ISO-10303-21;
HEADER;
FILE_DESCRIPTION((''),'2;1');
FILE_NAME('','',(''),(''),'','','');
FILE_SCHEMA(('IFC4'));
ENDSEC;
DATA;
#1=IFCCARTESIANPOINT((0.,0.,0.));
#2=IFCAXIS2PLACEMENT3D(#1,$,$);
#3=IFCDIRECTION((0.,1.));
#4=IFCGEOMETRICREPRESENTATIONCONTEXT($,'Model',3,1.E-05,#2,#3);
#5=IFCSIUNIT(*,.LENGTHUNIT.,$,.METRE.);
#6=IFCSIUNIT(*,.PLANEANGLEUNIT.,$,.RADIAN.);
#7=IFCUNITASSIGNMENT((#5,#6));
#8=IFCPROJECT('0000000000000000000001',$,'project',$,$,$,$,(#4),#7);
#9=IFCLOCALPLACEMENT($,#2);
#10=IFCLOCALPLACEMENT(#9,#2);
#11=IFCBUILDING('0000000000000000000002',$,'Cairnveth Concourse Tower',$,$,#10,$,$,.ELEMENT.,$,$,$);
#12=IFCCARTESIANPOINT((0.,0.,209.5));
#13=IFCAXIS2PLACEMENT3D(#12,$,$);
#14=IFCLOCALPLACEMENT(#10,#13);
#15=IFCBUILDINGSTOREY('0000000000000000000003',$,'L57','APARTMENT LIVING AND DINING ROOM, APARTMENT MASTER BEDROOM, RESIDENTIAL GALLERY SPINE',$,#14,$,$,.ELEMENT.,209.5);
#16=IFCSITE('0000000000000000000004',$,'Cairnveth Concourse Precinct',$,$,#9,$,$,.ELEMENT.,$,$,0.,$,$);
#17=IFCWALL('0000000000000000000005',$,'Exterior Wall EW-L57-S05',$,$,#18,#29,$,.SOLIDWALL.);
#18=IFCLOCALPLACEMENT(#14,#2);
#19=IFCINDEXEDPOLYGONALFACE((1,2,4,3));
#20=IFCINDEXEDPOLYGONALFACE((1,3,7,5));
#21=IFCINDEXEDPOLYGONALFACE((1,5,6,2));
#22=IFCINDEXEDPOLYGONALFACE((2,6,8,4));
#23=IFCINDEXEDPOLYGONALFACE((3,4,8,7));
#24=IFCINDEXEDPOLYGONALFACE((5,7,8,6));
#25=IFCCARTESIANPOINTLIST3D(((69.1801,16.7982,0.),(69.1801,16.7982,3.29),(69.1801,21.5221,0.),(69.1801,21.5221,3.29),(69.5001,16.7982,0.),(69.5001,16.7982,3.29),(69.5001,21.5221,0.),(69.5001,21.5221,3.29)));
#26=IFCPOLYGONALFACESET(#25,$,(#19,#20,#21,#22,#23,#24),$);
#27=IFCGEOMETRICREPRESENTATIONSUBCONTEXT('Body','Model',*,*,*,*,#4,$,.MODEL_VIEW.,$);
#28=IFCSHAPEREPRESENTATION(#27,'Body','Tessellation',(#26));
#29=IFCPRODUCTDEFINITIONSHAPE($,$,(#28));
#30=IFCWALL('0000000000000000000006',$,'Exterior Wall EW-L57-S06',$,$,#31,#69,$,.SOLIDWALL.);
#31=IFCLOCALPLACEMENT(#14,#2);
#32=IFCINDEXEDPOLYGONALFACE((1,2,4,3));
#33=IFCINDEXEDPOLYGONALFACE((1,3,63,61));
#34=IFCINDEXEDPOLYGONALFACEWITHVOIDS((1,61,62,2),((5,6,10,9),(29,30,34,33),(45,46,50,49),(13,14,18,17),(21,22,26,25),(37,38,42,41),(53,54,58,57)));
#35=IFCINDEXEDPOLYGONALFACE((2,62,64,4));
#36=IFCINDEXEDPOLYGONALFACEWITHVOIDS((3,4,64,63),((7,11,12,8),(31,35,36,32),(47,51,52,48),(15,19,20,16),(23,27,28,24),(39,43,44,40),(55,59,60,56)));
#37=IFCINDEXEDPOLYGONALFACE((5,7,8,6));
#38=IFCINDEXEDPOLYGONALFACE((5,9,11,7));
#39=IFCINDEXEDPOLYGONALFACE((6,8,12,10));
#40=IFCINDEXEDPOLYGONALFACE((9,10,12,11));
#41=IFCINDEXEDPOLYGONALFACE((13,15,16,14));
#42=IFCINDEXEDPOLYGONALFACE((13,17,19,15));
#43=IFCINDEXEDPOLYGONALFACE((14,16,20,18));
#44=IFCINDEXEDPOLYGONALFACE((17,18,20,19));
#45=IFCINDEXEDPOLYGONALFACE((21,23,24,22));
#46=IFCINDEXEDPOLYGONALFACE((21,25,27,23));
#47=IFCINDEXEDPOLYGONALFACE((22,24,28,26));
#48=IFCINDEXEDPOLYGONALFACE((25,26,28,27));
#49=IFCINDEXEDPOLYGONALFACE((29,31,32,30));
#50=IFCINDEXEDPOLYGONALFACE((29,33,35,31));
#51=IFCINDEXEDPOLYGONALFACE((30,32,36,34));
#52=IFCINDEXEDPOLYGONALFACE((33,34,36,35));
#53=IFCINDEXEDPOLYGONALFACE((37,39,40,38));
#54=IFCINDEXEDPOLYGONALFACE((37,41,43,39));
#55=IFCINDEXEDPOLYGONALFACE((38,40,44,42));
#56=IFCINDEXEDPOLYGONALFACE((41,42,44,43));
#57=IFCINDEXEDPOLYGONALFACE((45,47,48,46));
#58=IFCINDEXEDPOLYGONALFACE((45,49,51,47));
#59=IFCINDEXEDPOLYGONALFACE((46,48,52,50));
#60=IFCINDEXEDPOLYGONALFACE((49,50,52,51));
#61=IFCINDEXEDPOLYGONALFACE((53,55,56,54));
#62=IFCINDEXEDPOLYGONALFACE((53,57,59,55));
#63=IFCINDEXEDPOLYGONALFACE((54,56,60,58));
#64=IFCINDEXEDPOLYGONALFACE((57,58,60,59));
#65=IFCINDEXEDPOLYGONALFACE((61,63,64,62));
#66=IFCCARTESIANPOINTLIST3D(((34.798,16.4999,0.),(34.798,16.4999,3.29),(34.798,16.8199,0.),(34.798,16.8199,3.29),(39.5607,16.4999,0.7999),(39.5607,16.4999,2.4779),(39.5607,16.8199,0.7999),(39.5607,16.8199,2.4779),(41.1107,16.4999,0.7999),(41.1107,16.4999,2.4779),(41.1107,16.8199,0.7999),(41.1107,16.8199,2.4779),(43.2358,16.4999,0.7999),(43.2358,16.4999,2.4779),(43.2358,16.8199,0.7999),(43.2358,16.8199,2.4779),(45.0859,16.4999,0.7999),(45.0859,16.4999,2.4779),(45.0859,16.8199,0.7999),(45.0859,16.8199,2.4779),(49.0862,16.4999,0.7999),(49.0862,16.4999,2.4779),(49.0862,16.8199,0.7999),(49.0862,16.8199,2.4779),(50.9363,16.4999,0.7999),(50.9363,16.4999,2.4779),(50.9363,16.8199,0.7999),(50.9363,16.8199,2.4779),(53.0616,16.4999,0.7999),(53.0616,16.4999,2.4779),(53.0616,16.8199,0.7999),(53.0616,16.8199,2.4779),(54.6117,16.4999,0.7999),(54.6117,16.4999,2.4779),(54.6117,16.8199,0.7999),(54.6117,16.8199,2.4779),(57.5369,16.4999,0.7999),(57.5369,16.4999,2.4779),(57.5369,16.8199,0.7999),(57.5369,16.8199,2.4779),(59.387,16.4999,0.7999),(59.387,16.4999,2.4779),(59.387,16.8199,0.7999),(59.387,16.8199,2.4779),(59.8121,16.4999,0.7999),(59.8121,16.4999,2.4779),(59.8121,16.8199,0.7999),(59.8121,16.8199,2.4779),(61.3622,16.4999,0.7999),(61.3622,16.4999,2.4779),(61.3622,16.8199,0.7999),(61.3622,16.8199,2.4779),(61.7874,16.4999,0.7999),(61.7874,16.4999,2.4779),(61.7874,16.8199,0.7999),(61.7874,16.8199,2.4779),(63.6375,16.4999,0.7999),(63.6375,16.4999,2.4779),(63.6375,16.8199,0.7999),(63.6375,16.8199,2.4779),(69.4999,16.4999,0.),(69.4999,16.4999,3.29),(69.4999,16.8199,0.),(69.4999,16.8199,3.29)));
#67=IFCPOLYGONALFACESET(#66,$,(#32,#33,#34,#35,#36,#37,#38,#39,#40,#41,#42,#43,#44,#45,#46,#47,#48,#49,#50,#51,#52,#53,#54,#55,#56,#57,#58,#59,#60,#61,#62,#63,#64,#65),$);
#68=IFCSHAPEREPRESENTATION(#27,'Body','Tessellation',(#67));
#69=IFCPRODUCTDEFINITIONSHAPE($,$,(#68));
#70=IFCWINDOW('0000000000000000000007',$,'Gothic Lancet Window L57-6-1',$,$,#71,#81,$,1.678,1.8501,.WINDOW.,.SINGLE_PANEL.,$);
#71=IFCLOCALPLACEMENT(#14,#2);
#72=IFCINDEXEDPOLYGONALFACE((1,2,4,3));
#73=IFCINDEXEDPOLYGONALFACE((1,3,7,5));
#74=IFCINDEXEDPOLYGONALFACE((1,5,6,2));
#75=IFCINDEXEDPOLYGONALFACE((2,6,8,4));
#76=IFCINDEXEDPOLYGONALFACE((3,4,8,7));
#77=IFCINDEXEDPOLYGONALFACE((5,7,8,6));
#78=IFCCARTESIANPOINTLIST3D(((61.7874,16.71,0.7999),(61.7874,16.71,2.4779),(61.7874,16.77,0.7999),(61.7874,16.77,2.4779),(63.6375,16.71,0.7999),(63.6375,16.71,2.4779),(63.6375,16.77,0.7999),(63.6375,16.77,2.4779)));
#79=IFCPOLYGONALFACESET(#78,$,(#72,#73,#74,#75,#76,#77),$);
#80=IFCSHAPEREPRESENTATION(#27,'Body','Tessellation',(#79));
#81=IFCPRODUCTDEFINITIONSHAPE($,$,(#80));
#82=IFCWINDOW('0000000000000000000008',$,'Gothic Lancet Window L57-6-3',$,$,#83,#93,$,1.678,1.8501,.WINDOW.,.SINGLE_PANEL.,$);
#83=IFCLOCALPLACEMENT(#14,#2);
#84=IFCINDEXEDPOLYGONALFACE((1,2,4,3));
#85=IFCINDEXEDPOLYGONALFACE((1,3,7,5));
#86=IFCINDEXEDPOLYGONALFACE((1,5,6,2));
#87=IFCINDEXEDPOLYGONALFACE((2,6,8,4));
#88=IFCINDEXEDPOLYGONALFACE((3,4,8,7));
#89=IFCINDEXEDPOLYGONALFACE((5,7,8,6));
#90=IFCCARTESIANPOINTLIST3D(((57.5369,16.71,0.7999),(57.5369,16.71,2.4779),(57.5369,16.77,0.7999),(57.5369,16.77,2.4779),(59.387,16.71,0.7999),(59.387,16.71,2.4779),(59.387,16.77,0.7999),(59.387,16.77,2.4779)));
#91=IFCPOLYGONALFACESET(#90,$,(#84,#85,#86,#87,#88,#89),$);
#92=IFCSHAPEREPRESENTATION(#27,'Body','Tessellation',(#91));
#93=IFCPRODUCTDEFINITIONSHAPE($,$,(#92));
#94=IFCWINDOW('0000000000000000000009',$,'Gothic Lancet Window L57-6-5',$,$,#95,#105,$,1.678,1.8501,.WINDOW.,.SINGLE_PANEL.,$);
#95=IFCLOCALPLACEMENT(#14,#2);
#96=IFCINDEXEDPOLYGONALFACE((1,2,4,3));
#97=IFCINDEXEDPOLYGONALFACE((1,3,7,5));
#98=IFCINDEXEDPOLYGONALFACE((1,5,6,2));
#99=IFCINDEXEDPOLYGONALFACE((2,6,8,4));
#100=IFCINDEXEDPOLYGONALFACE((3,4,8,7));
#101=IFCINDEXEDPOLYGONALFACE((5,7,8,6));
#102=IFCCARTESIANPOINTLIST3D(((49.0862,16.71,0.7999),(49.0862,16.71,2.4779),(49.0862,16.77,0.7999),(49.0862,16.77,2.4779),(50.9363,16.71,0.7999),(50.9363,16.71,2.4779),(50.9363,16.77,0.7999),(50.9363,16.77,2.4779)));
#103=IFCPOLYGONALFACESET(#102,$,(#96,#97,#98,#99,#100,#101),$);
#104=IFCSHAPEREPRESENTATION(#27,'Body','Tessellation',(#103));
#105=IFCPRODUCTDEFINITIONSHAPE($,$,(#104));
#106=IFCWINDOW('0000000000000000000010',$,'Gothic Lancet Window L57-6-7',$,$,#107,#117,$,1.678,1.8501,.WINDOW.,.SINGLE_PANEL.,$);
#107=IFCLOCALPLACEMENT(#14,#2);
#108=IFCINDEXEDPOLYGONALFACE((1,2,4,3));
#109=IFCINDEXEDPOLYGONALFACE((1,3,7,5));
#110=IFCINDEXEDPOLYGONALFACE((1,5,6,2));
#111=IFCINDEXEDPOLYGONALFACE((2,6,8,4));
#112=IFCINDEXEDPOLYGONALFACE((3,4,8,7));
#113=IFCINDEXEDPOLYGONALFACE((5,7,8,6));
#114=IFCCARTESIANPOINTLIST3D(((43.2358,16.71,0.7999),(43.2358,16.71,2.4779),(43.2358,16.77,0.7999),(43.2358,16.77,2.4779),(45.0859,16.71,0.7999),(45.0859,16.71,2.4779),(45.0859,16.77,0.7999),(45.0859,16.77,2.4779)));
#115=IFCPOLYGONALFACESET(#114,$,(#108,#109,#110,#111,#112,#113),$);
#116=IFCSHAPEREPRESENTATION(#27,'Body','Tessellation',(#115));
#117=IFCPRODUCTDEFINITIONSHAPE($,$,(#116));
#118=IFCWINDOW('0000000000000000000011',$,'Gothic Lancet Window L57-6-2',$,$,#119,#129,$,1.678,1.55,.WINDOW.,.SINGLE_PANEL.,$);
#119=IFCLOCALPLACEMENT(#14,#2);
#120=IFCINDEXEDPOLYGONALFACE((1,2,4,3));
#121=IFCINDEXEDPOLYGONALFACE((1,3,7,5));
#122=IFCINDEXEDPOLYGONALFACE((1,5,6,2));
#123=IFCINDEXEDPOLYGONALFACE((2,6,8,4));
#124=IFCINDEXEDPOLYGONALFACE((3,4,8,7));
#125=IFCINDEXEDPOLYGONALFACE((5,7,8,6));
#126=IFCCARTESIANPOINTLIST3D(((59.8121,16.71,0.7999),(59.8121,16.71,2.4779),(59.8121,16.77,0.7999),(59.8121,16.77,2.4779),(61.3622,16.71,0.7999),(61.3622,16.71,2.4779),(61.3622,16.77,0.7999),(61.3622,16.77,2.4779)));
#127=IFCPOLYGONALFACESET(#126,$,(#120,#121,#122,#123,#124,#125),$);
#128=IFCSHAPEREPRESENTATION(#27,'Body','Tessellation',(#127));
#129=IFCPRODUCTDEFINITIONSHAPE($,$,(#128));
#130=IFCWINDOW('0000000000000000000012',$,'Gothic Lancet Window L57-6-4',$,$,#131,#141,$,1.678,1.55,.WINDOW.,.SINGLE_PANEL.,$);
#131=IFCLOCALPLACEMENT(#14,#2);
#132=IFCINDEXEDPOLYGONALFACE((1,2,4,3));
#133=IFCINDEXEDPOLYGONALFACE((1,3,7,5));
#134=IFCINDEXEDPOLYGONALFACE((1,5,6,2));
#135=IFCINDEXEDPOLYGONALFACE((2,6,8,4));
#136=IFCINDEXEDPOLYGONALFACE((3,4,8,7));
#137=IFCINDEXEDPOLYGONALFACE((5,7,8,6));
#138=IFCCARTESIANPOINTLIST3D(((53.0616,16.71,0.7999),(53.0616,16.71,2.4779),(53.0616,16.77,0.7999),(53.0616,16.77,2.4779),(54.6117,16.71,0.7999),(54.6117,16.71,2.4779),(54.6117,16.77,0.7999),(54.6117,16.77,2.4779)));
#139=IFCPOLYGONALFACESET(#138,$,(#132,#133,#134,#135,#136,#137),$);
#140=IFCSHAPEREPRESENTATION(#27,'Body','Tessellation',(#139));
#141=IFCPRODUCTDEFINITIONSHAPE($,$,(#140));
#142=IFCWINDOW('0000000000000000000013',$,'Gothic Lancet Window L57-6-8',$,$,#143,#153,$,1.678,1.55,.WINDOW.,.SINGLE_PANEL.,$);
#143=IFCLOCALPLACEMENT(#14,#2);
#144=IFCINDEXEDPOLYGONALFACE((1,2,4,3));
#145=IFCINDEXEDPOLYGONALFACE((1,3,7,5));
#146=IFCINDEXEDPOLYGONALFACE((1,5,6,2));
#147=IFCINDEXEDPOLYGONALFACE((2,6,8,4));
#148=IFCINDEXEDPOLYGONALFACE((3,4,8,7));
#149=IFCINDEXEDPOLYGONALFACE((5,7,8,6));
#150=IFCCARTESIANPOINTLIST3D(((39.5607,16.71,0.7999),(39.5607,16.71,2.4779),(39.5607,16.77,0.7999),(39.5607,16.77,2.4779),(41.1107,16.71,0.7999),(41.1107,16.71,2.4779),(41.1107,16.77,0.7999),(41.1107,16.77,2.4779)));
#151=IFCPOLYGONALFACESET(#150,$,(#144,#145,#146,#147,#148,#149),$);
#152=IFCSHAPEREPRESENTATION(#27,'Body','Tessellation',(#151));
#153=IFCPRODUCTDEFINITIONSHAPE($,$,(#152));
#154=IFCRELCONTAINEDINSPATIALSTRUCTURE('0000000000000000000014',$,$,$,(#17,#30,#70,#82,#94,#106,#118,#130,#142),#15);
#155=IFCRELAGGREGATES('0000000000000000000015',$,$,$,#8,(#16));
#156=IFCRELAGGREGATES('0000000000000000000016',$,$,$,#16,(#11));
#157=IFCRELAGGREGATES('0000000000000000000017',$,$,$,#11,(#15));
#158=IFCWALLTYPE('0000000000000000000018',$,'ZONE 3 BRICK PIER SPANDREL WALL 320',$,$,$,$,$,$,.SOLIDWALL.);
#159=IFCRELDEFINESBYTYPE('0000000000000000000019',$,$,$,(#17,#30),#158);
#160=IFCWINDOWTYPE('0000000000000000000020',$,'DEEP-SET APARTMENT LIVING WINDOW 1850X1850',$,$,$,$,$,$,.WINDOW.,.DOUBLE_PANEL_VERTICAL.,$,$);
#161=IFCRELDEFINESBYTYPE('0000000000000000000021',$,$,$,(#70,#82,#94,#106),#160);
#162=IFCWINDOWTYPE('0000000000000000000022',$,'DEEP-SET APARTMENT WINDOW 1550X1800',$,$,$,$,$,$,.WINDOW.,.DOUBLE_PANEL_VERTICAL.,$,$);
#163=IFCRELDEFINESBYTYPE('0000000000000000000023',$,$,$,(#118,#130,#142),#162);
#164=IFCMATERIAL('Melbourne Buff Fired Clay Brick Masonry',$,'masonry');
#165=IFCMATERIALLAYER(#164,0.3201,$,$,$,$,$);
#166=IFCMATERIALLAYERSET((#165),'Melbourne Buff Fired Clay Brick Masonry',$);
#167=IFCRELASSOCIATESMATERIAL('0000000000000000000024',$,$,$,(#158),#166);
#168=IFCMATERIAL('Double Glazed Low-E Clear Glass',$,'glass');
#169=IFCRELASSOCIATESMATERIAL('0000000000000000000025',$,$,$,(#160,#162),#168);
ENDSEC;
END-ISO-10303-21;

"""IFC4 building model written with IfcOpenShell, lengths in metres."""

from ifc_helpers import new_model, si_unit, direction, frame, frame_2d, origin, place, context, subcontext, project, spatial, rectangle, extrude, material, layer, layer_set, type_object, element, fill, save


model = new_model("IFC4")

# Units and contexts
model_context = context("Model", 3, precision=1e-05, world=origin(), true_north=direction((0.0, 1.0)))
body_context = subcontext(model_context, "Body", "Model", "MODEL_VIEW")
ifc_project = project(units=[si_unit("LENGTHUNIT", "METRE"), si_unit("PLANEANGLEUNIT", "RADIAN")], contexts=[model_context])

# Site, building, storey
site_placement = place(None, origin())
site = spatial("IfcSite", under=ifc_project, at=site_placement, Name="Cairnveth Concourse Precinct", CompositionType="ELEMENT", RefElevation=0.0)
building_placement = place(site_placement, origin())
building = spatial("IfcBuilding", under=site, at=building_placement, Name="Cairnveth Concourse Tower", CompositionType="ELEMENT")
storey_placement = place(building_placement, frame((0.0, 0.0, 209.5)))
storey = spatial("IfcBuildingStorey", under=building, at=storey_placement, Name="L57", Description="APARTMENT LIVING AND DINING ROOM, APARTMENT MASTER BEDROOM, RESIDENTIAL GALLERY SPINE", CompositionType="ELEMENT", Elevation=209.5)

# Wall
ifc_material_1 = material(Name="Melbourne Buff Fired Clay Brick Masonry", Category="masonry")
ifc_layer_1 = layer(ifc_material_1, 0.3201)
ifc_layer_set_1 = layer_set([ifc_layer_1], Name="Melbourne Buff Fired Clay Brick Masonry")
wall_type_1 = type_object("IfcWallType", Name="ZONE 3 BRICK PIER SPANDREL WALL 320", PredefinedType="SOLIDWALL", material=ifc_layer_set_1)
wall_1_placement = place(storey_placement, frame((69.3401, 21.522, 0.0), z_axis=(0.0, 0.0, 1.0), x_axis=(0.0, -1.0, 0.0)))
element("IfcWall", 1, at=wall_1_placement, inside=storey, type_object=wall_type_1, Name="Exterior Wall EW-L57-S05", PredefinedType="SOLIDWALL", context=body_context, shape_type="SweptSolid", body=[
    extrude(rectangle(XDim=4.7239, YDim=0.3201, at=frame_2d((2.3618, 0.0))), origin(), (0.0, 0.0, 1.0), 3.29),
])

# Wall, openings, windows
wall_2_placement = place(storey_placement, frame((69.5, 16.6599, 0.0), z_axis=(0.0, 0.0, 1.0), x_axis=(-1.0, 0.0, 0.0)))
wall_2 = element("IfcWall", 2, at=wall_2_placement, inside=storey, type_object=wall_type_1, Name="Exterior Wall EW-L57-S06", PredefinedType="SOLIDWALL", context=body_context, shape_type="SweptSolid", body=[
    extrude(rectangle(XDim=34.7019, YDim=0.3201, at=frame_2d((17.3511, 0.0))), origin(), (0.0, 0.0, 1.0), 3.29),
])
opening_1_placement = place(wall_2_placement, frame((5.8625, 0.0, 0.8)))
opening_1 = element("IfcOpeningElement", 3, at=opening_1_placement, cuts=wall_2, PredefinedType="OPENING", context=body_context, shape_type="SweptSolid", body=[
    extrude(rectangle(XDim=1.8501, YDim=1.678, at=frame_2d((0.925, 0.8389))), frame((0.0, 0.1699, 0.0), z_axis=(0.0, -1.0, 0.0), x_axis=(1.0, 0.0, 0.0)), (0.0, 0.0, 1.0), 0.3401),
])
opening_2_placement = place(wall_2_placement, frame((8.1379, 0.0, 0.8)))
opening_2 = element("IfcOpeningElement", 4, at=opening_2_placement, cuts=wall_2, PredefinedType="OPENING", context=body_context, shape_type="SweptSolid", body=[
    extrude(rectangle(XDim=1.55, YDim=1.678, at=frame_2d((0.7749, 0.8389))), frame((0.0, 0.1699, 0.0), z_axis=(0.0, -1.0, 0.0), x_axis=(1.0, 0.0, 0.0)), (0.0, 0.0, 1.0), 0.3401),
])
opening_3_placement = place(wall_2_placement, frame((10.113, 0.0, 0.8)))
opening_3 = element("IfcOpeningElement", 5, at=opening_3_placement, cuts=wall_2, PredefinedType="OPENING", context=body_context, shape_type="SweptSolid", body=[
    extrude(rectangle(XDim=1.8501, YDim=1.678, at=frame_2d((0.925, 0.8389))), frame((0.0, 0.1699, 0.0), z_axis=(0.0, -1.0, 0.0), x_axis=(1.0, 0.0, 0.0)), (0.0, 0.0, 1.0), 0.3401),
])
opening_4_placement = place(wall_2_placement, frame((14.8884, 0.0, 0.8)))
opening_4 = element("IfcOpeningElement", 6, at=opening_4_placement, cuts=wall_2, PredefinedType="OPENING", context=body_context, shape_type="SweptSolid", body=[
    extrude(rectangle(XDim=1.55, YDim=1.678, at=frame_2d((0.7749, 0.8389))), frame((0.0, 0.1699, 0.0), z_axis=(0.0, -1.0, 0.0), x_axis=(1.0, 0.0, 0.0)), (0.0, 0.0, 1.0), 0.3401),
])
opening_5_placement = place(wall_2_placement, frame((18.5637, 0.0, 0.8)))
opening_5 = element("IfcOpeningElement", 7, at=opening_5_placement, cuts=wall_2, PredefinedType="OPENING", context=body_context, shape_type="SweptSolid", body=[
    extrude(rectangle(XDim=1.8501, YDim=1.678, at=frame_2d((0.925, 0.8389))), frame((0.0, 0.1699, 0.0), z_axis=(0.0, -1.0, 0.0), x_axis=(1.0, 0.0, 0.0)), (0.0, 0.0, 1.0), 0.3401),
])
opening_6_placement = place(wall_2_placement, frame((24.4141, 0.0, 0.8)))
opening_6 = element("IfcOpeningElement", 8, at=opening_6_placement, cuts=wall_2, PredefinedType="OPENING", context=body_context, shape_type="SweptSolid", body=[
    extrude(rectangle(XDim=1.8501, YDim=1.678, at=frame_2d((0.925, 0.8389))), frame((0.0, 0.1699, 0.0), z_axis=(0.0, -1.0, 0.0), x_axis=(1.0, 0.0, 0.0)), (0.0, 0.0, 1.0), 0.3401),
])
opening_7_placement = place(wall_2_placement, frame((28.3894, 0.0, 0.8)))
opening_7 = element("IfcOpeningElement", 9, at=opening_7_placement, cuts=wall_2, PredefinedType="OPENING", context=body_context, shape_type="SweptSolid", body=[
    extrude(rectangle(XDim=1.55, YDim=1.678, at=frame_2d((0.7749, 0.8389))), frame((0.0, 0.1699, 0.0), z_axis=(0.0, -1.0, 0.0), x_axis=(1.0, 0.0, 0.0)), (0.0, 0.0, 1.0), 0.3401),
])
ifc_material_2 = material(Name="Double Glazed Low-E Clear Glass", Category="glass")
window_type_1 = type_object("IfcWindowType", Name="DEEP-SET APARTMENT LIVING WINDOW 1850X1850", PartitioningType="DOUBLE_PANEL_VERTICAL", PredefinedType="WINDOW", material=ifc_material_2)
window_1_placement = place(opening_1_placement, origin())
window_1 = element("IfcWindow", 10, at=window_1_placement, inside=storey, type_object=window_type_1, Name="Gothic Lancet Window L57-6-1", OverallHeight=1.678, OverallWidth=1.8501, PartitioningType="SINGLE_PANEL", PredefinedType="WINDOW", context=body_context, shape_type="SweptSolid", body=[
    extrude(rectangle(XDim=1.8501, YDim=1.678, at=frame_2d((0.925, 0.8389))), frame((0.0, -0.05, 0.0), z_axis=(0.0, -1.0, 0.0), x_axis=(1.0, 0.0, 0.0)), (0.0, 0.0, 1.0), 0.0601),
])
fill(opening_1, window_1)
window_2_placement = place(opening_3_placement, origin())
window_2 = element("IfcWindow", 11, at=window_2_placement, inside=storey, type_object=window_type_1, Name="Gothic Lancet Window L57-6-3", OverallHeight=1.678, OverallWidth=1.8501, PartitioningType="SINGLE_PANEL", PredefinedType="WINDOW", context=body_context, shape_type="SweptSolid", body=[
    extrude(rectangle(XDim=1.8501, YDim=1.678, at=frame_2d((0.925, 0.8389))), frame((0.0, -0.05, 0.0), z_axis=(0.0, -1.0, 0.0), x_axis=(1.0, 0.0, 0.0)), (0.0, 0.0, 1.0), 0.0601),
])
fill(opening_3, window_2)
window_3_placement = place(opening_5_placement, origin())
window_3 = element("IfcWindow", 12, at=window_3_placement, inside=storey, type_object=window_type_1, Name="Gothic Lancet Window L57-6-5", OverallHeight=1.678, OverallWidth=1.8501, PartitioningType="SINGLE_PANEL", PredefinedType="WINDOW", context=body_context, shape_type="SweptSolid", body=[
    extrude(rectangle(XDim=1.8501, YDim=1.678, at=frame_2d((0.925, 0.8389))), frame((0.0, -0.05, 0.0), z_axis=(0.0, -1.0, 0.0), x_axis=(1.0, 0.0, 0.0)), (0.0, 0.0, 1.0), 0.0601),
])
fill(opening_5, window_3)
window_4_placement = place(opening_6_placement, origin())
window_4 = element("IfcWindow", 13, at=window_4_placement, inside=storey, type_object=window_type_1, Name="Gothic Lancet Window L57-6-7", OverallHeight=1.678, OverallWidth=1.8501, PartitioningType="SINGLE_PANEL", PredefinedType="WINDOW", context=body_context, shape_type="SweptSolid", body=[
    extrude(rectangle(XDim=1.8501, YDim=1.678, at=frame_2d((0.925, 0.8389))), frame((0.0, -0.05, 0.0), z_axis=(0.0, -1.0, 0.0), x_axis=(1.0, 0.0, 0.0)), (0.0, 0.0, 1.0), 0.0601),
])
fill(opening_6, window_4)
window_type_2 = type_object("IfcWindowType", Name="DEEP-SET APARTMENT WINDOW 1550X1800", PartitioningType="DOUBLE_PANEL_VERTICAL", PredefinedType="WINDOW", material=ifc_material_2)
window_5_placement = place(opening_2_placement, origin())
window_5 = element("IfcWindow", 14, at=window_5_placement, inside=storey, type_object=window_type_2, Name="Gothic Lancet Window L57-6-2", OverallHeight=1.678, OverallWidth=1.55, PartitioningType="SINGLE_PANEL", PredefinedType="WINDOW", context=body_context, shape_type="SweptSolid", body=[
    extrude(rectangle(XDim=1.55, YDim=1.678, at=frame_2d((0.7749, 0.8389))), frame((0.0, -0.05, 0.0), z_axis=(0.0, -1.0, 0.0), x_axis=(1.0, 0.0, 0.0)), (0.0, 0.0, 1.0), 0.0601),
])
fill(opening_2, window_5)
window_6_placement = place(opening_4_placement, origin())
window_6 = element("IfcWindow", 15, at=window_6_placement, inside=storey, type_object=window_type_2, Name="Gothic Lancet Window L57-6-4", OverallHeight=1.678, OverallWidth=1.55, PartitioningType="SINGLE_PANEL", PredefinedType="WINDOW", context=body_context, shape_type="SweptSolid", body=[
    extrude(rectangle(XDim=1.55, YDim=1.678, at=frame_2d((0.7749, 0.8389))), frame((0.0, -0.05, 0.0), z_axis=(0.0, -1.0, 0.0), x_axis=(1.0, 0.0, 0.0)), (0.0, 0.0, 1.0), 0.0601),
])
fill(opening_4, window_6)
window_7_placement = place(opening_7_placement, origin())
window_7 = element("IfcWindow", 16, at=window_7_placement, inside=storey, type_object=window_type_2, Name="Gothic Lancet Window L57-6-8", OverallHeight=1.678, OverallWidth=1.55, PartitioningType="SINGLE_PANEL", PredefinedType="WINDOW", context=body_context, shape_type="SweptSolid", body=[
    extrude(rectangle(XDim=1.55, YDim=1.678, at=frame_2d((0.7749, 0.8389))), frame((0.0, -0.05, 0.0), z_axis=(0.0, -1.0, 0.0), x_axis=(1.0, 0.0, 0.0)), (0.0, 0.0, 1.0), 0.0601),
])
fill(opening_7, window_7)

save(model, "model.ifc")
